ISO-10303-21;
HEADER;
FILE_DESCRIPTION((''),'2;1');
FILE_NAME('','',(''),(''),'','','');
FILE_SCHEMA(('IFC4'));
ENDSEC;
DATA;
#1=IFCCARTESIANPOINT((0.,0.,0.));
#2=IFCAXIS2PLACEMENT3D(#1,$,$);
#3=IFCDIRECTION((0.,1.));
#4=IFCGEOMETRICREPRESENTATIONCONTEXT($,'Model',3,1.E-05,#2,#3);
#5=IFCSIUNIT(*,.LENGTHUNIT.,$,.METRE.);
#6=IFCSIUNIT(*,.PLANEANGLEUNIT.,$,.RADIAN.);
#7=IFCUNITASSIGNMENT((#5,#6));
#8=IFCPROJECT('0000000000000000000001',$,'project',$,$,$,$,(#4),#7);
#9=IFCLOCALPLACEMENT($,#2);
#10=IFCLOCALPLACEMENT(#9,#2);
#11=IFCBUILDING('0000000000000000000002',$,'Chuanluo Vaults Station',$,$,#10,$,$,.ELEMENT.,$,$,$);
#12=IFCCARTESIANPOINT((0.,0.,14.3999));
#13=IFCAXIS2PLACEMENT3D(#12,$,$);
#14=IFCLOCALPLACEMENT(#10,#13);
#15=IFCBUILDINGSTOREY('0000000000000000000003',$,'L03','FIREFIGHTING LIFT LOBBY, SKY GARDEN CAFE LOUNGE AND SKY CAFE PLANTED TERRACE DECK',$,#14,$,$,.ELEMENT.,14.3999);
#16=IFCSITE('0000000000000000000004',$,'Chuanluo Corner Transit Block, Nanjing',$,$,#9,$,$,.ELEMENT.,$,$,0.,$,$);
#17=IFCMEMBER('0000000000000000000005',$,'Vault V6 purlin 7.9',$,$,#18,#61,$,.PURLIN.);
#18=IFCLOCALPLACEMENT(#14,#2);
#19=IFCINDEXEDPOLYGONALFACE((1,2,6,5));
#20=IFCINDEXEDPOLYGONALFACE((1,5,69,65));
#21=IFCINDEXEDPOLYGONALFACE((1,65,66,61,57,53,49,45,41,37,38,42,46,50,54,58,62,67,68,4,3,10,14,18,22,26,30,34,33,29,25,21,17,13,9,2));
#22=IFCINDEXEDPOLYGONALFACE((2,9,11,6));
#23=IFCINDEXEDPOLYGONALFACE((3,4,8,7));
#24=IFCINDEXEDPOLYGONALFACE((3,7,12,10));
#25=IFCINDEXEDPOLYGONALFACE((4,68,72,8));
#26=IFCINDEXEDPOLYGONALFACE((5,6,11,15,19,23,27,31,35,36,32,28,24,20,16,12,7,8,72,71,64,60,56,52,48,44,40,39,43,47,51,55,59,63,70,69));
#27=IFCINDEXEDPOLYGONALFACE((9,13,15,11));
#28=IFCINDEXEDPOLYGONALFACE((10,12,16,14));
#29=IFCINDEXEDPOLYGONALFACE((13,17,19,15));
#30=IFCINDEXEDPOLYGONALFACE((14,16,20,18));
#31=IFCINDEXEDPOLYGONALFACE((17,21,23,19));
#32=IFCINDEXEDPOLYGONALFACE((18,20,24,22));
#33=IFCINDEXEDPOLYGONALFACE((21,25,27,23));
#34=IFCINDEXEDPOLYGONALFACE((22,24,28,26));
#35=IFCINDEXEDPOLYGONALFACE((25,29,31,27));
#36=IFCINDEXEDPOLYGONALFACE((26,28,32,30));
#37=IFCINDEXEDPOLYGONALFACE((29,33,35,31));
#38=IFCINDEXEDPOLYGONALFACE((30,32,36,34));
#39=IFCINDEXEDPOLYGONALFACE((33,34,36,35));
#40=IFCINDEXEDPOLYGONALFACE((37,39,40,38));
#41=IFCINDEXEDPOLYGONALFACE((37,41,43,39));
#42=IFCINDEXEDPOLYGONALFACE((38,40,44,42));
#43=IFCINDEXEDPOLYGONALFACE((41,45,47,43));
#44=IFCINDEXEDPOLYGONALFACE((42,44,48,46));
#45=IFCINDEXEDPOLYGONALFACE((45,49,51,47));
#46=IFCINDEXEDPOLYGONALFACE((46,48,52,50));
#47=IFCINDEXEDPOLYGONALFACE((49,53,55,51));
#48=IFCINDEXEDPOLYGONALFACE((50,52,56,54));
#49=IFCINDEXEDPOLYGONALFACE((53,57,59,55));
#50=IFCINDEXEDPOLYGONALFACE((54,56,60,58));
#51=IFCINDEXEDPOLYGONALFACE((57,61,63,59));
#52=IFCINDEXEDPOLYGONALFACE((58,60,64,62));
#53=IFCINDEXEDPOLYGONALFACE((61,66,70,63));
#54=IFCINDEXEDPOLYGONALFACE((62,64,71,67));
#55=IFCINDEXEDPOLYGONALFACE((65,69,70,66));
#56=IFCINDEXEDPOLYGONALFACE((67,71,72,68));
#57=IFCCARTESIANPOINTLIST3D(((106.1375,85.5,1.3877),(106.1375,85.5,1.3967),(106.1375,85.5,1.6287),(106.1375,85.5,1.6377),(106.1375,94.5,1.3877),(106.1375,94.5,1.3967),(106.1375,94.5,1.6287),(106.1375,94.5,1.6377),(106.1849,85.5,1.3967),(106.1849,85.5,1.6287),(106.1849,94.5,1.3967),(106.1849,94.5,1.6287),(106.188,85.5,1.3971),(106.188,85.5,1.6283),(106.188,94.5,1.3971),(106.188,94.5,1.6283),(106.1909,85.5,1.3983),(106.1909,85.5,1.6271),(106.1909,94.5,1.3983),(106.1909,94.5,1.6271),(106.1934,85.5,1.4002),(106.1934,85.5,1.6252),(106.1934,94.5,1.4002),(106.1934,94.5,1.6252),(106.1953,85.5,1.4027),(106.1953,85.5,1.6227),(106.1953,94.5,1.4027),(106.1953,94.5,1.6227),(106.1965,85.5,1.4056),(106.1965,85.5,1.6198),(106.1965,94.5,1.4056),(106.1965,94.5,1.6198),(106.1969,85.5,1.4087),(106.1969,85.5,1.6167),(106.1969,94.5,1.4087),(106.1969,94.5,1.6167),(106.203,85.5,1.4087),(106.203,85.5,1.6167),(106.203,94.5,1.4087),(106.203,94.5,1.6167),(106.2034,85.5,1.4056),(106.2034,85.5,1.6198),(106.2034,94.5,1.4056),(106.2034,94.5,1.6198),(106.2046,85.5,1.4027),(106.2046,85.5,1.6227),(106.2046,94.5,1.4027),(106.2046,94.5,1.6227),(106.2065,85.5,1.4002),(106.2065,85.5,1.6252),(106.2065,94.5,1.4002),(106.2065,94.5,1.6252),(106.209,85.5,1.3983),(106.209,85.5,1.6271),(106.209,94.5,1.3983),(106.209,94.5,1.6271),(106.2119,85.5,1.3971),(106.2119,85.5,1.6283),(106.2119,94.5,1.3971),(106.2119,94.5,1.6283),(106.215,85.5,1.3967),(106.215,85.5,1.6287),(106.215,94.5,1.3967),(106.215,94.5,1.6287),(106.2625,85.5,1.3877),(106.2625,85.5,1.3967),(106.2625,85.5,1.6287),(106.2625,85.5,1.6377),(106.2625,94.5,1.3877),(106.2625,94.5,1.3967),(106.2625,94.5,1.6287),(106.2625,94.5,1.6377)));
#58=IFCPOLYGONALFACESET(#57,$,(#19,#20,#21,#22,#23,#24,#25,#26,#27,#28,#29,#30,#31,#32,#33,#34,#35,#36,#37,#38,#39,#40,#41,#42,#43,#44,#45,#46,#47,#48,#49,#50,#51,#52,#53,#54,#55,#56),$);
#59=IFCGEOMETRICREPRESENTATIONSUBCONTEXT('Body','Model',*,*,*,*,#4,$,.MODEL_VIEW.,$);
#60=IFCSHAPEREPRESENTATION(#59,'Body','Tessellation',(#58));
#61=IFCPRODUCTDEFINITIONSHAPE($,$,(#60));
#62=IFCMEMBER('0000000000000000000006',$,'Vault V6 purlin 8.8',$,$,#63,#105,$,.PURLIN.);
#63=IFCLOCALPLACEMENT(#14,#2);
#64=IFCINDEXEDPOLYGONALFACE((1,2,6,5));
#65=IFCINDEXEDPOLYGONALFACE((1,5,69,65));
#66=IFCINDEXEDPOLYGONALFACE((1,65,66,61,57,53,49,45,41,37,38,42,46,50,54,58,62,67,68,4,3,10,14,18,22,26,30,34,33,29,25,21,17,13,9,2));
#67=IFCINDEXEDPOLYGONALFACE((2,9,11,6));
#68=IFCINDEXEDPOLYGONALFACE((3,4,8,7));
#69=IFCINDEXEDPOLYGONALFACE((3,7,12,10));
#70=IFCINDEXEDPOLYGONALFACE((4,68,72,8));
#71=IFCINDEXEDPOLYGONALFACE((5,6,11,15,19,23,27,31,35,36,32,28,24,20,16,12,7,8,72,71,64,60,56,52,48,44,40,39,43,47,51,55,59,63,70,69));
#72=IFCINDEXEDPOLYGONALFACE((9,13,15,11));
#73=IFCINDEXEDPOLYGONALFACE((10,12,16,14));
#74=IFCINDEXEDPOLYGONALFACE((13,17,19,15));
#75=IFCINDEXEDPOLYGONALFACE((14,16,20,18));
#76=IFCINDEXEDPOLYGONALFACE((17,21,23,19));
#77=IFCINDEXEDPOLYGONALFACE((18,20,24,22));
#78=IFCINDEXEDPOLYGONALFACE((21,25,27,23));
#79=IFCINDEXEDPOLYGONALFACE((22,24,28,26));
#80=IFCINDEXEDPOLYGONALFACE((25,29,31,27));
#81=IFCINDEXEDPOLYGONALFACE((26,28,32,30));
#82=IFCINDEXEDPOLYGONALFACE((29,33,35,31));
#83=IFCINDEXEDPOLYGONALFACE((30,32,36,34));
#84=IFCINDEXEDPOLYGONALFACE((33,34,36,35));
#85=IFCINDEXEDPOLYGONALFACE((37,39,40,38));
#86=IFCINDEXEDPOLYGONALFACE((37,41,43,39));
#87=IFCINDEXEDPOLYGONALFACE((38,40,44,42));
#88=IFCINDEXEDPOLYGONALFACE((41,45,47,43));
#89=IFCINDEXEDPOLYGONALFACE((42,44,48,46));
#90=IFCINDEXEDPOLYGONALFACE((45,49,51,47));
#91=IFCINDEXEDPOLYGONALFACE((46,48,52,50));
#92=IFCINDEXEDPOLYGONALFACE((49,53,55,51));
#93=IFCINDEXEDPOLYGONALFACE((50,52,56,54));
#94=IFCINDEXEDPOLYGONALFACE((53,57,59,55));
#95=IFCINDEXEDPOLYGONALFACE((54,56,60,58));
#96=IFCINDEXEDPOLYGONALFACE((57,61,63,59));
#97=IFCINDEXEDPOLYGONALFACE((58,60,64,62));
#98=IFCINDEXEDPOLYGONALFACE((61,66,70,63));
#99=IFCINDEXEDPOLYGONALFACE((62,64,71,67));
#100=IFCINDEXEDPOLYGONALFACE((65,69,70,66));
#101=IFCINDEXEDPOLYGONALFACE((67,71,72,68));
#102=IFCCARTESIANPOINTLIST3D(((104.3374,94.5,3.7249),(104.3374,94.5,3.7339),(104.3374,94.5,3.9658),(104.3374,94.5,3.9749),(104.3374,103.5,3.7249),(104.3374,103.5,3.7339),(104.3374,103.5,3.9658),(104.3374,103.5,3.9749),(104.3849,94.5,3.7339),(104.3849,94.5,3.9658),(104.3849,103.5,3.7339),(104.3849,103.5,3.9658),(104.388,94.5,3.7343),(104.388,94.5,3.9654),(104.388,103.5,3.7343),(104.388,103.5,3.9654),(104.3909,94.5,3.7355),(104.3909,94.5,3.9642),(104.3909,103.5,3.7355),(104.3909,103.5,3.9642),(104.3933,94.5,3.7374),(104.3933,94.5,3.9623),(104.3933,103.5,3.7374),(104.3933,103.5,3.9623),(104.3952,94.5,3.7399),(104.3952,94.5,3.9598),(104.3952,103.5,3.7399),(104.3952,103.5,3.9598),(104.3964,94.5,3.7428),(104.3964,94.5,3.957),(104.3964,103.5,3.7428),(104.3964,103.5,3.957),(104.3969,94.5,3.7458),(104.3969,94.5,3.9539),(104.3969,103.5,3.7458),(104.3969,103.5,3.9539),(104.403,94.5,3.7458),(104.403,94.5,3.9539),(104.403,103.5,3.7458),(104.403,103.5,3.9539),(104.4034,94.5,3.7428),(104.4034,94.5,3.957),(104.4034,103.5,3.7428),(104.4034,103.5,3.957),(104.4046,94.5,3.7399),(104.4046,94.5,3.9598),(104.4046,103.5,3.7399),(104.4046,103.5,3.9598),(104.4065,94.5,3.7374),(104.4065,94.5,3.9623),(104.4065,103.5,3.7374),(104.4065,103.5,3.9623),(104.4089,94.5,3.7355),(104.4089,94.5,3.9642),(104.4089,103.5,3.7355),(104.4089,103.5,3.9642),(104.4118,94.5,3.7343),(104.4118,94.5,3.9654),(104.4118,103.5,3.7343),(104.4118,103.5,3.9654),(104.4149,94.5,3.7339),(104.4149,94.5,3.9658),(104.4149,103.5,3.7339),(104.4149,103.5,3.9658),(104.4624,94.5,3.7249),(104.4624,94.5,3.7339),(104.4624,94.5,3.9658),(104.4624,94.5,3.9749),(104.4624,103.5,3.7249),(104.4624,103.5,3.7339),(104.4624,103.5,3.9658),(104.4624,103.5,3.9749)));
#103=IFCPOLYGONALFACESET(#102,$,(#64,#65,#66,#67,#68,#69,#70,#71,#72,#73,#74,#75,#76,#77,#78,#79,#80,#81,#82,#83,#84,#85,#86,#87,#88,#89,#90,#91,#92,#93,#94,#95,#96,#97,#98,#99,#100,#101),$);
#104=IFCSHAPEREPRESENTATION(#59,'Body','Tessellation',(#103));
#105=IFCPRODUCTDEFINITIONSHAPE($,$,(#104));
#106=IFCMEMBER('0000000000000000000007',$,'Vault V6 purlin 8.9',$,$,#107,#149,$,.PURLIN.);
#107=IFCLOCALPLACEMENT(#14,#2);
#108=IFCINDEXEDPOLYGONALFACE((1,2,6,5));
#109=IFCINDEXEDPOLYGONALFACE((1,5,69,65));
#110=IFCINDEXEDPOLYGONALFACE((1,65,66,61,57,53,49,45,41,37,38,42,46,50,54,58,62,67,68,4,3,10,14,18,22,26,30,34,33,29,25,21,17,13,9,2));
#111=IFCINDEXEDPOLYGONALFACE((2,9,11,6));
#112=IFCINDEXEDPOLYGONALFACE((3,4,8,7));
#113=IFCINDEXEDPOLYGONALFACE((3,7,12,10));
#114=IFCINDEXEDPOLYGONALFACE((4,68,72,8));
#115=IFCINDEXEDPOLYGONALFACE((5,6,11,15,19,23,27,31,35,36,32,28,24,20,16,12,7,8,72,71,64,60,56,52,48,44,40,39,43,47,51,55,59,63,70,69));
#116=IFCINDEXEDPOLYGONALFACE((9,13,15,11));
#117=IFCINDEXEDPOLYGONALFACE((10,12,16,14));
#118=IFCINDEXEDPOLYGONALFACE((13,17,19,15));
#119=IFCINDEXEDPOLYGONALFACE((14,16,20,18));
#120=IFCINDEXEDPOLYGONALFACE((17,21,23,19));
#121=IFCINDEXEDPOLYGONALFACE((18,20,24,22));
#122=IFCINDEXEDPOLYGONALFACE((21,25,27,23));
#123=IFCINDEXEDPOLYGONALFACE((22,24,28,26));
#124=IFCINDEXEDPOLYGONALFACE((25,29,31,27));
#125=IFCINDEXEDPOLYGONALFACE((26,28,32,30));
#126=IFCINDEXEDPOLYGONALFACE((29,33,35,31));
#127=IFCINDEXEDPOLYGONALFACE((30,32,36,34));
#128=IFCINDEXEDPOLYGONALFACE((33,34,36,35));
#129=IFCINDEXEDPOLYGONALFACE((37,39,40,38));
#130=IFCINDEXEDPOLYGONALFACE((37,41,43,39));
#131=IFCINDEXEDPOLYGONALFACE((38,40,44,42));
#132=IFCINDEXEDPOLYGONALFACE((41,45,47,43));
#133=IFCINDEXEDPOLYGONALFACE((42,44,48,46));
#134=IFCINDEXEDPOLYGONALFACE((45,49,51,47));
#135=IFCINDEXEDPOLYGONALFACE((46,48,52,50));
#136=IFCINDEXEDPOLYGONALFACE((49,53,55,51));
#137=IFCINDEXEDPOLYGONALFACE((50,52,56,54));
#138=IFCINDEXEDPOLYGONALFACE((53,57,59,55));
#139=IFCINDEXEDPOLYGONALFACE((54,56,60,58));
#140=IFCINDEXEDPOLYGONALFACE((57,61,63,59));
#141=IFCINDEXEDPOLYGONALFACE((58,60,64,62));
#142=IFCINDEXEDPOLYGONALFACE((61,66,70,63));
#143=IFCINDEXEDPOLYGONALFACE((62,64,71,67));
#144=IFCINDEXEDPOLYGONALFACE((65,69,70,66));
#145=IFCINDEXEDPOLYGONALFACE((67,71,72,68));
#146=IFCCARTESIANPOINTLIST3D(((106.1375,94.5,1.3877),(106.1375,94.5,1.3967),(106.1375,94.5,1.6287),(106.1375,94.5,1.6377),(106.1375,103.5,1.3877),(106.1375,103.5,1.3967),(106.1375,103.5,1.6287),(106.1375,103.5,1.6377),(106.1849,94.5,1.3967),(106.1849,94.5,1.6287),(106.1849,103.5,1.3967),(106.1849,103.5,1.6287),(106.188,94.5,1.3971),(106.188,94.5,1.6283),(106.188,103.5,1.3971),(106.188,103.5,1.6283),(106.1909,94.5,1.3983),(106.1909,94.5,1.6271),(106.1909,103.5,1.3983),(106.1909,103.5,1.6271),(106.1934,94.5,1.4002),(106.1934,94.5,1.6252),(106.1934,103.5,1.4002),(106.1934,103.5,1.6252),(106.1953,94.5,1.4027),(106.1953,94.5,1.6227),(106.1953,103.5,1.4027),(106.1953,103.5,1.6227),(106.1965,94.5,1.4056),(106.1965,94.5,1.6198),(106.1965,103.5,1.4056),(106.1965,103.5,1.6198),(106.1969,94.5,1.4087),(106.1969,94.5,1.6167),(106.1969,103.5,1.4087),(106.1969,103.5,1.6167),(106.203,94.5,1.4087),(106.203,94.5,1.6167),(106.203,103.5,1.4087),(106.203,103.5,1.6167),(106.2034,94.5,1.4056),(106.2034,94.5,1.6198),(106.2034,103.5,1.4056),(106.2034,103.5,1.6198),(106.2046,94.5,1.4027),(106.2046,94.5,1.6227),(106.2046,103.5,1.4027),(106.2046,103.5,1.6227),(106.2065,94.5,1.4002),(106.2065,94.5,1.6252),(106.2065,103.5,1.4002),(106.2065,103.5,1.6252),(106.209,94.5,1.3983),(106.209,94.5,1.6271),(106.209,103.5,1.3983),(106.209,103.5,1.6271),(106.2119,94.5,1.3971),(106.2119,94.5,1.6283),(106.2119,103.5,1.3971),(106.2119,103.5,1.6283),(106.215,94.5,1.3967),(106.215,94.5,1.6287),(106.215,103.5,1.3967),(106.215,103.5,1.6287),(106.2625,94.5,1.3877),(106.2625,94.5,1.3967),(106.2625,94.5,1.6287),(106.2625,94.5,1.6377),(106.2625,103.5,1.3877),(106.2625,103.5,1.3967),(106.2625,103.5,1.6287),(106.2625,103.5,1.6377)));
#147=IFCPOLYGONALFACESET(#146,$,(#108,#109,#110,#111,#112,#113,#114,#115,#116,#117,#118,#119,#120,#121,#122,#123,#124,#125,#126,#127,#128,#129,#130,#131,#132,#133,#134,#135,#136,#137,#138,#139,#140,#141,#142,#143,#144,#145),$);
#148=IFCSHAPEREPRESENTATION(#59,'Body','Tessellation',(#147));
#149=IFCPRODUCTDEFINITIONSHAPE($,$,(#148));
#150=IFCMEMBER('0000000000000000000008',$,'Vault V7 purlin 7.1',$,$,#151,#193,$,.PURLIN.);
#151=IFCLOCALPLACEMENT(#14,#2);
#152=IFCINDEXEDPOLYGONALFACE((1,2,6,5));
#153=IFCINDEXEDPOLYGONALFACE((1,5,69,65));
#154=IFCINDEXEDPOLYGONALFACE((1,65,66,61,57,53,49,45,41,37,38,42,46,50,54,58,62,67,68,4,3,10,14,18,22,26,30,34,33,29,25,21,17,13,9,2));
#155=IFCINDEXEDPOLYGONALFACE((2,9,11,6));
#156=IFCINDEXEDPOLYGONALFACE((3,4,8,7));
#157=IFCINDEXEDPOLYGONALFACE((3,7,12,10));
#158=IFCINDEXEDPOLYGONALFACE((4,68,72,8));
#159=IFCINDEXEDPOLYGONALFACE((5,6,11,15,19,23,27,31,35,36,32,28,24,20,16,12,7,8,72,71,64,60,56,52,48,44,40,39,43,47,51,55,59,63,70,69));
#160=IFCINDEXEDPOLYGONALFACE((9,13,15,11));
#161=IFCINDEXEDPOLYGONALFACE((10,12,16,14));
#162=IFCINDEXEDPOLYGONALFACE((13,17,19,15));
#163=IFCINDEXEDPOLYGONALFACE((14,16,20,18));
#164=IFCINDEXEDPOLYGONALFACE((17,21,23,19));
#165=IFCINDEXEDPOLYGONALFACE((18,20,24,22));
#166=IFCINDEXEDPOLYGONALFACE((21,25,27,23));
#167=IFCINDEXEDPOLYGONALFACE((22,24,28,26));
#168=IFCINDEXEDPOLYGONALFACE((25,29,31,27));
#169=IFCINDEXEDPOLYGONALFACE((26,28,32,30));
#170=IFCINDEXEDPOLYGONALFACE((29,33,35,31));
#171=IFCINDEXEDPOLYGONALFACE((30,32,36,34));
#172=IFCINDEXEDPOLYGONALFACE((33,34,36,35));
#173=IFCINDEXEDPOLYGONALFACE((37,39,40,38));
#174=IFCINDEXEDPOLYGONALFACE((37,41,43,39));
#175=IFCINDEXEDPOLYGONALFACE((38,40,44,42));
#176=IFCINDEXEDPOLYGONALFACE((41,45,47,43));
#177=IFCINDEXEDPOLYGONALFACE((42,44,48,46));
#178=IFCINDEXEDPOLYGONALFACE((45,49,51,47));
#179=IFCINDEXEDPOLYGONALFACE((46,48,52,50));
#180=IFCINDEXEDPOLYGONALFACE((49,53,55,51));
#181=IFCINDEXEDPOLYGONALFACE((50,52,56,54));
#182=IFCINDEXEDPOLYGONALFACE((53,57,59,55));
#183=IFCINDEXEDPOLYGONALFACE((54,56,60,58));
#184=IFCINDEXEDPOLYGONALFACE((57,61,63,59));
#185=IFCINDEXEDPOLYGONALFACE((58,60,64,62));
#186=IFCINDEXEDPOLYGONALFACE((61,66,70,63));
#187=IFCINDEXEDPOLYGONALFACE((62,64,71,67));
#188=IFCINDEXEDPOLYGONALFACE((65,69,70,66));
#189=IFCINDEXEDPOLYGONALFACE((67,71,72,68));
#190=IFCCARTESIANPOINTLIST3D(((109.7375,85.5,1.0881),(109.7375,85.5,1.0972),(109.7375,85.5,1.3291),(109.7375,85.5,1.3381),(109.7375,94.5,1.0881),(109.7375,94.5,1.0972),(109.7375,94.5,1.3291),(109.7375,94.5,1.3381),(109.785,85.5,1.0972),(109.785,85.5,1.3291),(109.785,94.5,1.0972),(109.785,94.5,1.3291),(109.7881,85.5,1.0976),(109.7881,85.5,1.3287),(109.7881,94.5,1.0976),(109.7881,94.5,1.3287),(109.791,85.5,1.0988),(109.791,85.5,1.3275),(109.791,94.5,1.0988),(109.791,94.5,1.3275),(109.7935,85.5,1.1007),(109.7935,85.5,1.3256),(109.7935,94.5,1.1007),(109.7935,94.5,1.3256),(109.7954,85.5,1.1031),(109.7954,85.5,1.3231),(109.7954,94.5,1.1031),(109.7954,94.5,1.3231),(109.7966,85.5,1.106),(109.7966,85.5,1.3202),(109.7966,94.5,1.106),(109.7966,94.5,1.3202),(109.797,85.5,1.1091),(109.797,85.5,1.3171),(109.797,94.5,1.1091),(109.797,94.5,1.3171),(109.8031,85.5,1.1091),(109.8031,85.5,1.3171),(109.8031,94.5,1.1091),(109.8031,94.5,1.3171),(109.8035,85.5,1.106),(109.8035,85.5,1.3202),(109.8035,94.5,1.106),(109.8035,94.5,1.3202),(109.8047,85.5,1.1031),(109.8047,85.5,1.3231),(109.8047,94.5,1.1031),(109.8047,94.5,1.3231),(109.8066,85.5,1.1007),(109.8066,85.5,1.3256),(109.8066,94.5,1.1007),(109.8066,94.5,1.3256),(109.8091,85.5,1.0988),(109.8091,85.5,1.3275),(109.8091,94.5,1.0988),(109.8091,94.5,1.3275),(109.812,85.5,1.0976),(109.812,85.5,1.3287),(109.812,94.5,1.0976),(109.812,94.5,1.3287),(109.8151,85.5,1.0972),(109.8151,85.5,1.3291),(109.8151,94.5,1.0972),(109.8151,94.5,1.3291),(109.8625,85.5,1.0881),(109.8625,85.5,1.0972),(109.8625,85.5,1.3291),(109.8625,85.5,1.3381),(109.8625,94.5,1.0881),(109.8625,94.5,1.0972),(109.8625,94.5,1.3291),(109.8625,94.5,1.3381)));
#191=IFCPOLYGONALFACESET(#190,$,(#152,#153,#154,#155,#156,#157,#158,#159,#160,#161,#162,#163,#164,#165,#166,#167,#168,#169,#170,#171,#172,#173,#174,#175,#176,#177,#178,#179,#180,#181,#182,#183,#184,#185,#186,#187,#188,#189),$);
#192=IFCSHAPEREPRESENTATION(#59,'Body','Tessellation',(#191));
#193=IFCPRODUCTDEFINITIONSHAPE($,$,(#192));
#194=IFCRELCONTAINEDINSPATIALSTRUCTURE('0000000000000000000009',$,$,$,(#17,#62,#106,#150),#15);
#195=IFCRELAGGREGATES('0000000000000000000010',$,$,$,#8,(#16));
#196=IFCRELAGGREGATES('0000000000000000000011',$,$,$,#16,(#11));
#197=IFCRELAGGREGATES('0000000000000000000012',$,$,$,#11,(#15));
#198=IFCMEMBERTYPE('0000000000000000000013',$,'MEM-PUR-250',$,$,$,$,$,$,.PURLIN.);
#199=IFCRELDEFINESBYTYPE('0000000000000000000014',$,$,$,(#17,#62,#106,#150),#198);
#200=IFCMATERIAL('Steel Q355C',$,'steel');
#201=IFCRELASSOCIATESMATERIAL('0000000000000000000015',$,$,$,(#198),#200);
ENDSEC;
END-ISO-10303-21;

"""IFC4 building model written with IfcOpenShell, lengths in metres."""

from ifc_helpers import new_model, si_unit, direction, frame, origin, origin_2d, place, context, subcontext, project, spatial, i_section, extrude, material, material_profile, profile_set, type_object, element, save


model = new_model("IFC4")

# Units and contexts
model_context = context("Model", 3, precision=1e-05, world=origin(), true_north=direction((0.0, 1.0)))
body_context = subcontext(model_context, "Body", "Model", "MODEL_VIEW")
ifc_project = project(units=[si_unit("LENGTHUNIT", "METRE"), si_unit("PLANEANGLEUNIT", "RADIAN")], contexts=[model_context])

# Site, building, storey
site_placement = place(None, origin())
site = spatial("IfcSite", under=ifc_project, at=site_placement, Name="Chuanluo Corner Transit Block, Nanjing", CompositionType="ELEMENT", RefElevation=0.0)
building_placement = place(site_placement, origin())
building = spatial("IfcBuilding", under=site, at=building_placement, Name="Chuanluo Vaults Station", CompositionType="ELEMENT")
storey_placement = place(building_placement, frame((0.0, 0.0, 14.3999)))
storey = spatial("IfcBuildingStorey", under=building, at=storey_placement, Name="L03", Description="FIREFIGHTING LIFT LOBBY, SKY GARDEN CAFE LOUNGE AND SKY CAFE PLANTED TERRACE DECK", CompositionType="ELEMENT", Elevation=14.3999)

# Members
ifc_material_1 = material(Name="Steel Q355C", Category="steel")
ifc_material_profile_1 = material_profile(ifc_material_1, i_section(OverallWidth=0.125, OverallDepth=0.25, WebThickness=0.0061, FlangeThickness=0.009, FilletRadius=0.012, at=origin_2d()))
ifc_profile_set_1 = profile_set([ifc_material_profile_1], Name="Steel Q355C")
member_type_1 = type_object("IfcMemberType", Name="MEM-PUR-250", PredefinedType="PURLIN", material=ifc_profile_set_1)
for number, where, z_axis, x_axis, name in (
    (1, (106.2, 85.5, 1.5127), (0.0, 1.0, 0.0), (-1.0, 0.0, 0.0), "Vault V6 purlin 7.9"),
    (2, (104.3999, 94.5, 3.8499), (0.0, 1.0, 0.0), (-1.0, 0.0, 0.0), "Vault V6 purlin 8.8"),
    (3, (106.2, 94.5, 1.5127), (0.0, 1.0, 0.0), (-1.0, 0.0, 0.0), "Vault V6 purlin 8.9"),
    (4, (109.8, 85.5, 1.2131), (0.0, 1.0, 0.0), (-1.0, 0.0, 0.0), "Vault V7 purlin 7.1"),
):
    element("IfcMember", number, at=place(storey_placement, frame(where, z_axis=z_axis, x_axis=x_axis)), inside=storey, type_object=member_type_1, Name=name, PredefinedType="PURLIN", context=body_context, shape_type="SweptSolid", body=[
        extrude(i_section(OverallWidth=0.125, OverallDepth=0.25, WebThickness=0.0061, FlangeThickness=0.009, FilletRadius=0.012, at=origin_2d()), origin(), (0.0, 0.0, 1.0), 9.0),
    ])

save(model, "model.ifc")
